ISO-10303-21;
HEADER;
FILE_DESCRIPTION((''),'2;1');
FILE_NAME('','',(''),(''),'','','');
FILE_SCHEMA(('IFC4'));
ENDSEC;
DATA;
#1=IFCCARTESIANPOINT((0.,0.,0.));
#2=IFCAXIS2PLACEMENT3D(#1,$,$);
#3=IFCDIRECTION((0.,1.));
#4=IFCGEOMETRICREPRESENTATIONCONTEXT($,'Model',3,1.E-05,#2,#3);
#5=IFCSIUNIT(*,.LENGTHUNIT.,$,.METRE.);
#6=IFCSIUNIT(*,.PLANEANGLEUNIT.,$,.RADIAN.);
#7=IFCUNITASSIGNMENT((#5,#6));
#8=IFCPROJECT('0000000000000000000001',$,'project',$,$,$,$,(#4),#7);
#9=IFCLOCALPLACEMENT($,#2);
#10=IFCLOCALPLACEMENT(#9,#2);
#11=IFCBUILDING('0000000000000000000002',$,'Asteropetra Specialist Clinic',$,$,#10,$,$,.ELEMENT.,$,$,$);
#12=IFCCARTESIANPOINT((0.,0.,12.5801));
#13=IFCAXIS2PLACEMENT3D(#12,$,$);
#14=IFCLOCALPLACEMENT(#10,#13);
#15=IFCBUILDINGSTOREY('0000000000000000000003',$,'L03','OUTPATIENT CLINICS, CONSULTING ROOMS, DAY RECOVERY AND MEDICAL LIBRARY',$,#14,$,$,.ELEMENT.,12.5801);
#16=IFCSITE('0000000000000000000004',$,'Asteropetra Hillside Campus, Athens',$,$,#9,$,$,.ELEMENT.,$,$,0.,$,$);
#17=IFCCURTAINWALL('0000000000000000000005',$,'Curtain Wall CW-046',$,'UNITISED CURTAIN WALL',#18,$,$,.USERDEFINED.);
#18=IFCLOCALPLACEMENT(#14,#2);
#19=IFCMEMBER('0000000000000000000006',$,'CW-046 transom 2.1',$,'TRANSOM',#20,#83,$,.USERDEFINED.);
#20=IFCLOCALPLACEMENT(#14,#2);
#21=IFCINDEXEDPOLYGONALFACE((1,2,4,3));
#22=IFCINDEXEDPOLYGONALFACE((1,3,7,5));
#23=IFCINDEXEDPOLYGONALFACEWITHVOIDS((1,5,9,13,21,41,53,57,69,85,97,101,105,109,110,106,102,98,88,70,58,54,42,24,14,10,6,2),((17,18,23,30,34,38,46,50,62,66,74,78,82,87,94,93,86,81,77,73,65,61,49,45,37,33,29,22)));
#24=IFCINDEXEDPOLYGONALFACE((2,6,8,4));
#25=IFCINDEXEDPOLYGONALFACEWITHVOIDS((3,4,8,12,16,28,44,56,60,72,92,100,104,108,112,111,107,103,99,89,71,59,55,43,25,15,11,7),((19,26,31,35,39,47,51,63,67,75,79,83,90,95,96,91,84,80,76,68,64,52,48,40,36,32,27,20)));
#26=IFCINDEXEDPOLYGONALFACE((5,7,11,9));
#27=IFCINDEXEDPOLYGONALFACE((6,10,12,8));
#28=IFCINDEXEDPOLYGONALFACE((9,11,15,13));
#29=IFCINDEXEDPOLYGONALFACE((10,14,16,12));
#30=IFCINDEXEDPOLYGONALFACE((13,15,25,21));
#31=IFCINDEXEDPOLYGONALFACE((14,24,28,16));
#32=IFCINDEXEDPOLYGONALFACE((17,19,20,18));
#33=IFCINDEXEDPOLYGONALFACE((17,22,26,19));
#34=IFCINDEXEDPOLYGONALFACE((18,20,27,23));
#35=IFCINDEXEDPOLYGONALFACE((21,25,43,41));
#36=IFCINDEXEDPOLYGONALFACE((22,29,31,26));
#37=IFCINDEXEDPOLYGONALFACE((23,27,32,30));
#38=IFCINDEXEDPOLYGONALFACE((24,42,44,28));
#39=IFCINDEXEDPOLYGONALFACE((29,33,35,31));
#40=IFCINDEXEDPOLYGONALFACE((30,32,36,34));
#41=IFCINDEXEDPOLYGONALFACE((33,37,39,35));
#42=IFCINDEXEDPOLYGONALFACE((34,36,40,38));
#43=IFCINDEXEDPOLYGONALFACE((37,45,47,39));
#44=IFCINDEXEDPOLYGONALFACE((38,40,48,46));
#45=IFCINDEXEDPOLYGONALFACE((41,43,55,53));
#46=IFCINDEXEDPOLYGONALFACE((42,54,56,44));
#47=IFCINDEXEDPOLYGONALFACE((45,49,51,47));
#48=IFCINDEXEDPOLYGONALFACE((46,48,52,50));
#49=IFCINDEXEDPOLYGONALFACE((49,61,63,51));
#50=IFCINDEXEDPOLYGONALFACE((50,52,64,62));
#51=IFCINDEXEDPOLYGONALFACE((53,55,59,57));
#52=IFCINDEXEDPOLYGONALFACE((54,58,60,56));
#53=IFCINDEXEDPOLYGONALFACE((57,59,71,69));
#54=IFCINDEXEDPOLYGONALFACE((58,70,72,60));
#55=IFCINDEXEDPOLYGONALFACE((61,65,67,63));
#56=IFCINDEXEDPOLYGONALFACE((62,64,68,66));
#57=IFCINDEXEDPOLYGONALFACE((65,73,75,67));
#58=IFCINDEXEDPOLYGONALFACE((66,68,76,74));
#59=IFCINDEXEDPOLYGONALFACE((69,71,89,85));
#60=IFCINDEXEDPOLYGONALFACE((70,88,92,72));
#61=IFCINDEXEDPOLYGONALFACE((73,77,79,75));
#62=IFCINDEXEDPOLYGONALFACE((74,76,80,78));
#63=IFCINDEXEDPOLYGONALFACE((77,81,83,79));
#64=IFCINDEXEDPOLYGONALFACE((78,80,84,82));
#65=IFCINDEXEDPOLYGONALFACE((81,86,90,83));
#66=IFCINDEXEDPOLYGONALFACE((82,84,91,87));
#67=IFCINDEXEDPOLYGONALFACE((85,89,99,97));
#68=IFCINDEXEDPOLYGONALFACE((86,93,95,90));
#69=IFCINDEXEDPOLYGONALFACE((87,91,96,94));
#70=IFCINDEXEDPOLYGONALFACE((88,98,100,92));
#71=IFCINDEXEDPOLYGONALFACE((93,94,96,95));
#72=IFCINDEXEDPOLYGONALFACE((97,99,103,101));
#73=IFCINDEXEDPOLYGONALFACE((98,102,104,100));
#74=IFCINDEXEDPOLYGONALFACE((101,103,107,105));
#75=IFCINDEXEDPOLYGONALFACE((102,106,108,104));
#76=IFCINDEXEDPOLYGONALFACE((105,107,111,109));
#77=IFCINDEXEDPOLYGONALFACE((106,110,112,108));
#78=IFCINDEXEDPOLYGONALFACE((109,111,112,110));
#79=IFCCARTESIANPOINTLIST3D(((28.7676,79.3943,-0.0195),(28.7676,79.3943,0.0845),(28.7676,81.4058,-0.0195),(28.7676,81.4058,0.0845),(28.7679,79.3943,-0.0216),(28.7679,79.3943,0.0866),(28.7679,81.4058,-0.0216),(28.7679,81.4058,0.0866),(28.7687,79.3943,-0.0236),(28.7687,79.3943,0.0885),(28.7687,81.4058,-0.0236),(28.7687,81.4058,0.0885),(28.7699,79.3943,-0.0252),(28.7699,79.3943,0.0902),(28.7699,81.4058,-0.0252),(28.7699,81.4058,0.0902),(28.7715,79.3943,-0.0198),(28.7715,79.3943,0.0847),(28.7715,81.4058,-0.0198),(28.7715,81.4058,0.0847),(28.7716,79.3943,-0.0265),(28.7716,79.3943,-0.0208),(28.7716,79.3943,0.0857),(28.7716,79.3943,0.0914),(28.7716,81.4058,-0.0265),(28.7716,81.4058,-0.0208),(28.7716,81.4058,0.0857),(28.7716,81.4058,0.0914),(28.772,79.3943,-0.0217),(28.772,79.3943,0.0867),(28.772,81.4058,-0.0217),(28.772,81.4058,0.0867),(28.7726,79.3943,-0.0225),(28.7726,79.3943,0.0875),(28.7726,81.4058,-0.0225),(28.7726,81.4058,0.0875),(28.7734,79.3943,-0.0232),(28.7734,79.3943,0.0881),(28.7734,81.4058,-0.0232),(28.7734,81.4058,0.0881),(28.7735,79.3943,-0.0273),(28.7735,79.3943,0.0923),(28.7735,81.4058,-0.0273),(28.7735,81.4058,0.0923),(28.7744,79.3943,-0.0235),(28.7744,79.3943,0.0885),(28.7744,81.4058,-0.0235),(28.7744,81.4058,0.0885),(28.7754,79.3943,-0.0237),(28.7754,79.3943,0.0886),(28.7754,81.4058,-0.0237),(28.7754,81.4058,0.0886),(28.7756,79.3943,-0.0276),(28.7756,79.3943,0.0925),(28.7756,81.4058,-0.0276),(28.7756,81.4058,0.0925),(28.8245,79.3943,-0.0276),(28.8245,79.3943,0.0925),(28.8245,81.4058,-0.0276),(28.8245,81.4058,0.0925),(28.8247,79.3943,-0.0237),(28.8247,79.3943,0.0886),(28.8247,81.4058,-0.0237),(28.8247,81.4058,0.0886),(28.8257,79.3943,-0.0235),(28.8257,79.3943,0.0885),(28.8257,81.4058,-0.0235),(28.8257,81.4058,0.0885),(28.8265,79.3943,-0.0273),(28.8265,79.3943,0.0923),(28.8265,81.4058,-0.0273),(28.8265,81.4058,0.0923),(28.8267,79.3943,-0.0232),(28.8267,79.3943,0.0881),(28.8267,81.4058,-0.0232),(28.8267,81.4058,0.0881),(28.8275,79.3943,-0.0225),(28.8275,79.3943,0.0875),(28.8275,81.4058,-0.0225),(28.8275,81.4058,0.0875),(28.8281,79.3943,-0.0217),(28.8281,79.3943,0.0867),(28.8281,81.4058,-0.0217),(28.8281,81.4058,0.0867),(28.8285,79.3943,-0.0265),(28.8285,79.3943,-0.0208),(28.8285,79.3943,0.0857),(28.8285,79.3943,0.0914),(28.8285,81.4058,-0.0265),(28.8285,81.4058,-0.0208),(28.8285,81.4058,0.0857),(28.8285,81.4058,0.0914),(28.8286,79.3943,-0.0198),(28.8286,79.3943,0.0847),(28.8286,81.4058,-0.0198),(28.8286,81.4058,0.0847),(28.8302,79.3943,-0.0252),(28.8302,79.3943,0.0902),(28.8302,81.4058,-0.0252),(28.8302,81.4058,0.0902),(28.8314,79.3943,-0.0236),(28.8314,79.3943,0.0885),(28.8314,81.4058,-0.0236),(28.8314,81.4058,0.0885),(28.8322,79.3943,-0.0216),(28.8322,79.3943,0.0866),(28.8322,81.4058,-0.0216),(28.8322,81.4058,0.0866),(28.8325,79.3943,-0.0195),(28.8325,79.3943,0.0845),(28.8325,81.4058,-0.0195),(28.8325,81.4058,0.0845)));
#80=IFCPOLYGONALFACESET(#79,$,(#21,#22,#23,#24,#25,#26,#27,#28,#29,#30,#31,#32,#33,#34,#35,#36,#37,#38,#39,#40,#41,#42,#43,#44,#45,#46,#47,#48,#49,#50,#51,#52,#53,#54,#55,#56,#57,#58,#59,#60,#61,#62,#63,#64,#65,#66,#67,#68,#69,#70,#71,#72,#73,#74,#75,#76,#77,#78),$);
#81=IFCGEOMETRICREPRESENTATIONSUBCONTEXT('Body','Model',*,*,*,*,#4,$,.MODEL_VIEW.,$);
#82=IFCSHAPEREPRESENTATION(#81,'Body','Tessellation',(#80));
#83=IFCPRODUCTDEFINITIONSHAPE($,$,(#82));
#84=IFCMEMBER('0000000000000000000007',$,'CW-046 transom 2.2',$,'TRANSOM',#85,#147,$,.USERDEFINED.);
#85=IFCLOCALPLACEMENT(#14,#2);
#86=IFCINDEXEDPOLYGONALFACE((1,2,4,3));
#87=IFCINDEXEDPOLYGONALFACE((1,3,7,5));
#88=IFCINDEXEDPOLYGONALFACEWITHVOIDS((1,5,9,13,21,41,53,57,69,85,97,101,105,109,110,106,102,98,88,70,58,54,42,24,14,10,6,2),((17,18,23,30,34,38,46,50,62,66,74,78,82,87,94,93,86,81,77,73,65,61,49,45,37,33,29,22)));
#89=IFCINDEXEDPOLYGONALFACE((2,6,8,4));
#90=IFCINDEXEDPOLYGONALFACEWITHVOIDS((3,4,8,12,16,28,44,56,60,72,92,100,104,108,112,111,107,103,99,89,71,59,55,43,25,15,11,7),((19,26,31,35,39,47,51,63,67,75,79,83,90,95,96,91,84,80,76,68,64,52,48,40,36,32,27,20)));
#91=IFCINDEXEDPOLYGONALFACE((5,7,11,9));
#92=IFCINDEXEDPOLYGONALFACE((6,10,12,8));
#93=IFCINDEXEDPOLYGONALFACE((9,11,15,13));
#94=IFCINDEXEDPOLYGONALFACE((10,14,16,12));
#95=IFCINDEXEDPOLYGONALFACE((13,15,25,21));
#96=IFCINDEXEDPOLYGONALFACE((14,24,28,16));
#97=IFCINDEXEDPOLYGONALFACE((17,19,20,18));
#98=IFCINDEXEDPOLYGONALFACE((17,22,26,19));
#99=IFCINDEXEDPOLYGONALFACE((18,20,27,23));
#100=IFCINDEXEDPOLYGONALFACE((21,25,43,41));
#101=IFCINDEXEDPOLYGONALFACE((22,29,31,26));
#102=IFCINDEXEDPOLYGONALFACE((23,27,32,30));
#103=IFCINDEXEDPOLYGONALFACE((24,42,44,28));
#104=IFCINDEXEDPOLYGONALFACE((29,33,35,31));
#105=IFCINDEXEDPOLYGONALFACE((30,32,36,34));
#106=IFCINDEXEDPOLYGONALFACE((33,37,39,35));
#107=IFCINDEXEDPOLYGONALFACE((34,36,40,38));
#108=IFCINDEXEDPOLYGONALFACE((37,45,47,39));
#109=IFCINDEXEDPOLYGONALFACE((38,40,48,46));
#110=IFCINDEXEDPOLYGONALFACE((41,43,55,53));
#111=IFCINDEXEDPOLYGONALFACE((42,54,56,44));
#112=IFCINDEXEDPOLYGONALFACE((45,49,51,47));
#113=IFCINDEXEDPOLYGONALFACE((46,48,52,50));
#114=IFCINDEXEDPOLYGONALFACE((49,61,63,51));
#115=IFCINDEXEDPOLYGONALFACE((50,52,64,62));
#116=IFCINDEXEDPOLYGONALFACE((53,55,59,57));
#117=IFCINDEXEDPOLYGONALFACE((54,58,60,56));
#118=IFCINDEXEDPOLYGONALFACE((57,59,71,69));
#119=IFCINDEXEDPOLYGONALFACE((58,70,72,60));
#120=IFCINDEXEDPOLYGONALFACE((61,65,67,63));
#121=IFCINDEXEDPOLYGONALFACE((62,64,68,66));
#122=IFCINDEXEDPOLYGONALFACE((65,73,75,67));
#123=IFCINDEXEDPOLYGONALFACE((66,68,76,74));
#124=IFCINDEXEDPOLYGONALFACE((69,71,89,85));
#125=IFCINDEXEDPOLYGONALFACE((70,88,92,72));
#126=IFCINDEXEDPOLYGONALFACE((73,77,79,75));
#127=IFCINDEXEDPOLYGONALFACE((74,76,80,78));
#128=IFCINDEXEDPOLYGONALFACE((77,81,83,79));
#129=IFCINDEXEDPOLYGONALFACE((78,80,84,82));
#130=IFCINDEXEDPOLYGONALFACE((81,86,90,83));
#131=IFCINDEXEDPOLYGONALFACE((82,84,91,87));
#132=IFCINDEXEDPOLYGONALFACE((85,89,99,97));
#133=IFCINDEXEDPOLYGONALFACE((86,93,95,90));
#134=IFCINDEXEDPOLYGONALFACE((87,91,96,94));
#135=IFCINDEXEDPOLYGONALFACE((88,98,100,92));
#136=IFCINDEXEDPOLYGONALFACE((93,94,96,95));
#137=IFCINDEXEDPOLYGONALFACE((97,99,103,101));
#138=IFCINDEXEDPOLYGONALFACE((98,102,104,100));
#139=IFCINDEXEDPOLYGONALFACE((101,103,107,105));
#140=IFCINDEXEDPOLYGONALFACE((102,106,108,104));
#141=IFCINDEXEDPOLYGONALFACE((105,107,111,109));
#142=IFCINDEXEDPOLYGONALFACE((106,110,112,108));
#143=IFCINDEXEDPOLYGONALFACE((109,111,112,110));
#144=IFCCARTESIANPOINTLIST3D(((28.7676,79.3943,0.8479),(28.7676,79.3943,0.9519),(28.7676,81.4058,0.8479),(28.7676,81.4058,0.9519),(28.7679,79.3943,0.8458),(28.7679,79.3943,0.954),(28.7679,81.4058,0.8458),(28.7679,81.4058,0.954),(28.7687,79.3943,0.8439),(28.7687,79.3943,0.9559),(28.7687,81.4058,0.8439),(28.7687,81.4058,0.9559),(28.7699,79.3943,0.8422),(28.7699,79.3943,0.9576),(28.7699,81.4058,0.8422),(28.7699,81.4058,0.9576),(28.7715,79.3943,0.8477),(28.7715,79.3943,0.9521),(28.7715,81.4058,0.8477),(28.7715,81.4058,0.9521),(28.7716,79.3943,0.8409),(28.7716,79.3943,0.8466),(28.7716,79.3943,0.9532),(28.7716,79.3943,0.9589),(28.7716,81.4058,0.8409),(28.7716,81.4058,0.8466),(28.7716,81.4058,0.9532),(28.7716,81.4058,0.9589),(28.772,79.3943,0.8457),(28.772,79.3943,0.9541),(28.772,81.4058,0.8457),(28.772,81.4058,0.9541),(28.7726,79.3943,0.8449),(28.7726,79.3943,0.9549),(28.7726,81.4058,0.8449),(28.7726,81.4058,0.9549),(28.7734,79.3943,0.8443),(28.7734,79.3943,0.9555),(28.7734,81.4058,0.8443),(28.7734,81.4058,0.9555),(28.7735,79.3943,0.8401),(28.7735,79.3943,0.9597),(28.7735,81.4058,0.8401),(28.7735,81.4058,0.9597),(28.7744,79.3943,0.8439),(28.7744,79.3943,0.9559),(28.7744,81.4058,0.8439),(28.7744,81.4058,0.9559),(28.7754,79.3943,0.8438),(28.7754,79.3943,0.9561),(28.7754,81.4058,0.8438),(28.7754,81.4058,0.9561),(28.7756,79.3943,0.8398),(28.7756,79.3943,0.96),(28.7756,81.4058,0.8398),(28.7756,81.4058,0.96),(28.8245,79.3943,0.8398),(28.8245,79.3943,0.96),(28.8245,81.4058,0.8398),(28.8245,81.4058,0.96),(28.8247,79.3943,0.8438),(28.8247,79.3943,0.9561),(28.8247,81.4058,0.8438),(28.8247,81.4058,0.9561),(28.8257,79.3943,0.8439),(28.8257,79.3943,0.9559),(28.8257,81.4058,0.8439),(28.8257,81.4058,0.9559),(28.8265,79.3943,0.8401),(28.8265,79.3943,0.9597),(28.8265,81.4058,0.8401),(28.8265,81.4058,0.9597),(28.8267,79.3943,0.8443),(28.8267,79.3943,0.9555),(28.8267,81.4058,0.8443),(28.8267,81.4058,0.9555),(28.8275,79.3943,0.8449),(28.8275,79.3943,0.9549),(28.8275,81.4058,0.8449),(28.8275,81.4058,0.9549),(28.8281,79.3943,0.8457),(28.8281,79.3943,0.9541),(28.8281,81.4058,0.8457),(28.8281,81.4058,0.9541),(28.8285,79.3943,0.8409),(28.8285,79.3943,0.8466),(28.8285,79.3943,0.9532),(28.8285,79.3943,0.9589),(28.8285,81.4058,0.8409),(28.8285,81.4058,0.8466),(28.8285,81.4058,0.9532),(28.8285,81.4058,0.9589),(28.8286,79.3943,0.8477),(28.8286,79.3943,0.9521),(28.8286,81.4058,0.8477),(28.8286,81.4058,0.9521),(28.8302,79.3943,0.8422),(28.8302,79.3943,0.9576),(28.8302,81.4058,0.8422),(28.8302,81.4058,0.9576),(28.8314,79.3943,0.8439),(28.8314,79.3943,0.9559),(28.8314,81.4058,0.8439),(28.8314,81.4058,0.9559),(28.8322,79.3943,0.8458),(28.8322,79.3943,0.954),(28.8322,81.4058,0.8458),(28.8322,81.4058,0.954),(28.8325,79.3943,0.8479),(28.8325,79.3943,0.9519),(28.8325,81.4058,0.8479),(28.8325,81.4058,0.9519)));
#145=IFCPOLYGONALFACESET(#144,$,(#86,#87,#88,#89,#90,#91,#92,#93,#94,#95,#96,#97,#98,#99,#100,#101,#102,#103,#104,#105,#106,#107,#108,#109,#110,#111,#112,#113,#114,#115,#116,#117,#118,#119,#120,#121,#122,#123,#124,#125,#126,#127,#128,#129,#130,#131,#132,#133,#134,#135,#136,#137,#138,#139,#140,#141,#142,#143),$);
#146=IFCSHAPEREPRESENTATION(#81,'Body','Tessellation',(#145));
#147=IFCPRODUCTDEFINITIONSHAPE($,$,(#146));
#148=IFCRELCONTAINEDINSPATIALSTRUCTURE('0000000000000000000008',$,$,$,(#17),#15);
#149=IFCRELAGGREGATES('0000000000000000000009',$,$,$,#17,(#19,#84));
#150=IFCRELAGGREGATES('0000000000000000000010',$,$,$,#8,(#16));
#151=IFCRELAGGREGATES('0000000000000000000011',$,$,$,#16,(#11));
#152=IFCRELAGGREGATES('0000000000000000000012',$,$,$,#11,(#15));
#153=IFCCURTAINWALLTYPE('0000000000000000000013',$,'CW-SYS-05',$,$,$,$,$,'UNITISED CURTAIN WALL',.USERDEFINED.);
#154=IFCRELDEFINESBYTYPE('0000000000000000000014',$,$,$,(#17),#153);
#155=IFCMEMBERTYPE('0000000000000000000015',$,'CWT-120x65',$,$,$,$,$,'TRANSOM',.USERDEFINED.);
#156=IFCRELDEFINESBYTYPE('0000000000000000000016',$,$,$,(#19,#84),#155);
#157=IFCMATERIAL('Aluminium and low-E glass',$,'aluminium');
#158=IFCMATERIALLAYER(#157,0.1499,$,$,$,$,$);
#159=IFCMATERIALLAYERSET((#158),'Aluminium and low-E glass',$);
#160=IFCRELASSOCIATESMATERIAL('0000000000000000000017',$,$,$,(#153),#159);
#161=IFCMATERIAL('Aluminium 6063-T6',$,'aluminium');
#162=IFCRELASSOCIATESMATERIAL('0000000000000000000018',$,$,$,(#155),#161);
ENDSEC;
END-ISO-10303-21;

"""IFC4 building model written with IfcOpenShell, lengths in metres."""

from ifc_helpers import new_model, si_unit, direction, frame, origin, origin_2d, place, context, subcontext, project, spatial, hollow_rectangle, extrude, material, layer, layer_set, material_profile, profile_set, type_object, element, aggregate, save


model = new_model("IFC4")

# Units and contexts
model_context = context("Model", 3, precision=1e-05, world=origin(), true_north=direction((0.0, 1.0)))
body_context = subcontext(model_context, "Body", "Model", "MODEL_VIEW")
ifc_project = project(units=[si_unit("LENGTHUNIT", "METRE"), si_unit("PLANEANGLEUNIT", "RADIAN")], contexts=[model_context])

# Site, building, storey
site_placement = place(None, origin())
site = spatial("IfcSite", under=ifc_project, at=site_placement, Name="Asteropetra Hillside Campus, Athens", CompositionType="ELEMENT", RefElevation=0.0)
building_placement = place(site_placement, origin())
building = spatial("IfcBuilding", under=site, at=building_placement, Name="Asteropetra Specialist Clinic", CompositionType="ELEMENT")
storey_placement = place(building_placement, frame((0.0, 0.0, 12.5801)))
storey = spatial("IfcBuildingStorey", under=building, at=storey_placement, Name="L03", Description="OUTPATIENT CLINICS, CONSULTING ROOMS, DAY RECOVERY AND MEDICAL LIBRARY", CompositionType="ELEMENT", Elevation=12.5801)

# Curtain wall, members
ifc_material_1 = material(Name="Aluminium and low-E glass", Category="aluminium")
ifc_layer_1 = layer(ifc_material_1, 0.1499)
ifc_layer_set_1 = layer_set([ifc_layer_1], Name="Aluminium and low-E glass")
curtain_wall_type = type_object("IfcCurtainWallType", Name="CW-SYS-05", ElementType="UNITISED CURTAIN WALL", PredefinedType="USERDEFINED", material=ifc_layer_set_1)
curtain_wall_placement = place(storey_placement, origin())
curtain_wall = element("IfcCurtainWall", 1, at=curtain_wall_placement, inside=storey, type_object=curtain_wall_type, Name="Curtain Wall CW-046", ObjectType="UNITISED CURTAIN WALL", PredefinedType="USERDEFINED")
ifc_material_2 = material(Name="Aluminium 6063-T6", Category="aluminium")
ifc_material_profile_1 = material_profile(ifc_material_2, hollow_rectangle(XDim=0.0649, YDim=0.1201, WallThickness=0.0039, InnerFilletRadius=0.0039, OuterFilletRadius=0.0081, at=origin_2d()), Name="TRN 120x65x4.0")
ifc_profile_set_1 = profile_set([ifc_material_profile_1], Name="Aluminium 6063-T6")
member_type_1 = type_object("IfcMemberType", Name="CWT-120x65", ElementType="TRANSOM", PredefinedType="USERDEFINED", material=ifc_profile_set_1)
member_1_placement = place(storey_placement, frame((28.8, 79.3943, 0.0325), z_axis=(0.0, 1.0, 0.0), x_axis=(-1.0, 0.0, 0.0)))
member_1 = element("IfcMember", 2, at=member_1_placement, type_object=member_type_1, Name="CW-046 transom 2.1", ObjectType="TRANSOM", PredefinedType="USERDEFINED", context=body_context, shape_type="SweptSolid", body=[
    extrude(hollow_rectangle(XDim=0.0649, YDim=0.1201, WallThickness=0.0039, InnerFilletRadius=0.0039, OuterFilletRadius=0.0081, at=origin_2d()), origin(), (0.0, 0.0, 1.0), 2.0115),
])
member_2_placement = place(storey_placement, frame((28.8, 79.3943, 0.8999), z_axis=(0.0, 1.0, 0.0), x_axis=(-1.0, 0.0, 0.0)))
member_2 = element("IfcMember", 3, at=member_2_placement, type_object=member_type_1, Name="CW-046 transom 2.2", ObjectType="TRANSOM", PredefinedType="USERDEFINED", context=body_context, shape_type="SweptSolid", body=[
    extrude(hollow_rectangle(XDim=0.0649, YDim=0.1201, WallThickness=0.0039, InnerFilletRadius=0.0039, OuterFilletRadius=0.0081, at=origin_2d()), origin(), (0.0, 0.0, 1.0), 2.0115),
])
aggregate(curtain_wall, [member_1, member_2])

save(model, "model.ifc")
